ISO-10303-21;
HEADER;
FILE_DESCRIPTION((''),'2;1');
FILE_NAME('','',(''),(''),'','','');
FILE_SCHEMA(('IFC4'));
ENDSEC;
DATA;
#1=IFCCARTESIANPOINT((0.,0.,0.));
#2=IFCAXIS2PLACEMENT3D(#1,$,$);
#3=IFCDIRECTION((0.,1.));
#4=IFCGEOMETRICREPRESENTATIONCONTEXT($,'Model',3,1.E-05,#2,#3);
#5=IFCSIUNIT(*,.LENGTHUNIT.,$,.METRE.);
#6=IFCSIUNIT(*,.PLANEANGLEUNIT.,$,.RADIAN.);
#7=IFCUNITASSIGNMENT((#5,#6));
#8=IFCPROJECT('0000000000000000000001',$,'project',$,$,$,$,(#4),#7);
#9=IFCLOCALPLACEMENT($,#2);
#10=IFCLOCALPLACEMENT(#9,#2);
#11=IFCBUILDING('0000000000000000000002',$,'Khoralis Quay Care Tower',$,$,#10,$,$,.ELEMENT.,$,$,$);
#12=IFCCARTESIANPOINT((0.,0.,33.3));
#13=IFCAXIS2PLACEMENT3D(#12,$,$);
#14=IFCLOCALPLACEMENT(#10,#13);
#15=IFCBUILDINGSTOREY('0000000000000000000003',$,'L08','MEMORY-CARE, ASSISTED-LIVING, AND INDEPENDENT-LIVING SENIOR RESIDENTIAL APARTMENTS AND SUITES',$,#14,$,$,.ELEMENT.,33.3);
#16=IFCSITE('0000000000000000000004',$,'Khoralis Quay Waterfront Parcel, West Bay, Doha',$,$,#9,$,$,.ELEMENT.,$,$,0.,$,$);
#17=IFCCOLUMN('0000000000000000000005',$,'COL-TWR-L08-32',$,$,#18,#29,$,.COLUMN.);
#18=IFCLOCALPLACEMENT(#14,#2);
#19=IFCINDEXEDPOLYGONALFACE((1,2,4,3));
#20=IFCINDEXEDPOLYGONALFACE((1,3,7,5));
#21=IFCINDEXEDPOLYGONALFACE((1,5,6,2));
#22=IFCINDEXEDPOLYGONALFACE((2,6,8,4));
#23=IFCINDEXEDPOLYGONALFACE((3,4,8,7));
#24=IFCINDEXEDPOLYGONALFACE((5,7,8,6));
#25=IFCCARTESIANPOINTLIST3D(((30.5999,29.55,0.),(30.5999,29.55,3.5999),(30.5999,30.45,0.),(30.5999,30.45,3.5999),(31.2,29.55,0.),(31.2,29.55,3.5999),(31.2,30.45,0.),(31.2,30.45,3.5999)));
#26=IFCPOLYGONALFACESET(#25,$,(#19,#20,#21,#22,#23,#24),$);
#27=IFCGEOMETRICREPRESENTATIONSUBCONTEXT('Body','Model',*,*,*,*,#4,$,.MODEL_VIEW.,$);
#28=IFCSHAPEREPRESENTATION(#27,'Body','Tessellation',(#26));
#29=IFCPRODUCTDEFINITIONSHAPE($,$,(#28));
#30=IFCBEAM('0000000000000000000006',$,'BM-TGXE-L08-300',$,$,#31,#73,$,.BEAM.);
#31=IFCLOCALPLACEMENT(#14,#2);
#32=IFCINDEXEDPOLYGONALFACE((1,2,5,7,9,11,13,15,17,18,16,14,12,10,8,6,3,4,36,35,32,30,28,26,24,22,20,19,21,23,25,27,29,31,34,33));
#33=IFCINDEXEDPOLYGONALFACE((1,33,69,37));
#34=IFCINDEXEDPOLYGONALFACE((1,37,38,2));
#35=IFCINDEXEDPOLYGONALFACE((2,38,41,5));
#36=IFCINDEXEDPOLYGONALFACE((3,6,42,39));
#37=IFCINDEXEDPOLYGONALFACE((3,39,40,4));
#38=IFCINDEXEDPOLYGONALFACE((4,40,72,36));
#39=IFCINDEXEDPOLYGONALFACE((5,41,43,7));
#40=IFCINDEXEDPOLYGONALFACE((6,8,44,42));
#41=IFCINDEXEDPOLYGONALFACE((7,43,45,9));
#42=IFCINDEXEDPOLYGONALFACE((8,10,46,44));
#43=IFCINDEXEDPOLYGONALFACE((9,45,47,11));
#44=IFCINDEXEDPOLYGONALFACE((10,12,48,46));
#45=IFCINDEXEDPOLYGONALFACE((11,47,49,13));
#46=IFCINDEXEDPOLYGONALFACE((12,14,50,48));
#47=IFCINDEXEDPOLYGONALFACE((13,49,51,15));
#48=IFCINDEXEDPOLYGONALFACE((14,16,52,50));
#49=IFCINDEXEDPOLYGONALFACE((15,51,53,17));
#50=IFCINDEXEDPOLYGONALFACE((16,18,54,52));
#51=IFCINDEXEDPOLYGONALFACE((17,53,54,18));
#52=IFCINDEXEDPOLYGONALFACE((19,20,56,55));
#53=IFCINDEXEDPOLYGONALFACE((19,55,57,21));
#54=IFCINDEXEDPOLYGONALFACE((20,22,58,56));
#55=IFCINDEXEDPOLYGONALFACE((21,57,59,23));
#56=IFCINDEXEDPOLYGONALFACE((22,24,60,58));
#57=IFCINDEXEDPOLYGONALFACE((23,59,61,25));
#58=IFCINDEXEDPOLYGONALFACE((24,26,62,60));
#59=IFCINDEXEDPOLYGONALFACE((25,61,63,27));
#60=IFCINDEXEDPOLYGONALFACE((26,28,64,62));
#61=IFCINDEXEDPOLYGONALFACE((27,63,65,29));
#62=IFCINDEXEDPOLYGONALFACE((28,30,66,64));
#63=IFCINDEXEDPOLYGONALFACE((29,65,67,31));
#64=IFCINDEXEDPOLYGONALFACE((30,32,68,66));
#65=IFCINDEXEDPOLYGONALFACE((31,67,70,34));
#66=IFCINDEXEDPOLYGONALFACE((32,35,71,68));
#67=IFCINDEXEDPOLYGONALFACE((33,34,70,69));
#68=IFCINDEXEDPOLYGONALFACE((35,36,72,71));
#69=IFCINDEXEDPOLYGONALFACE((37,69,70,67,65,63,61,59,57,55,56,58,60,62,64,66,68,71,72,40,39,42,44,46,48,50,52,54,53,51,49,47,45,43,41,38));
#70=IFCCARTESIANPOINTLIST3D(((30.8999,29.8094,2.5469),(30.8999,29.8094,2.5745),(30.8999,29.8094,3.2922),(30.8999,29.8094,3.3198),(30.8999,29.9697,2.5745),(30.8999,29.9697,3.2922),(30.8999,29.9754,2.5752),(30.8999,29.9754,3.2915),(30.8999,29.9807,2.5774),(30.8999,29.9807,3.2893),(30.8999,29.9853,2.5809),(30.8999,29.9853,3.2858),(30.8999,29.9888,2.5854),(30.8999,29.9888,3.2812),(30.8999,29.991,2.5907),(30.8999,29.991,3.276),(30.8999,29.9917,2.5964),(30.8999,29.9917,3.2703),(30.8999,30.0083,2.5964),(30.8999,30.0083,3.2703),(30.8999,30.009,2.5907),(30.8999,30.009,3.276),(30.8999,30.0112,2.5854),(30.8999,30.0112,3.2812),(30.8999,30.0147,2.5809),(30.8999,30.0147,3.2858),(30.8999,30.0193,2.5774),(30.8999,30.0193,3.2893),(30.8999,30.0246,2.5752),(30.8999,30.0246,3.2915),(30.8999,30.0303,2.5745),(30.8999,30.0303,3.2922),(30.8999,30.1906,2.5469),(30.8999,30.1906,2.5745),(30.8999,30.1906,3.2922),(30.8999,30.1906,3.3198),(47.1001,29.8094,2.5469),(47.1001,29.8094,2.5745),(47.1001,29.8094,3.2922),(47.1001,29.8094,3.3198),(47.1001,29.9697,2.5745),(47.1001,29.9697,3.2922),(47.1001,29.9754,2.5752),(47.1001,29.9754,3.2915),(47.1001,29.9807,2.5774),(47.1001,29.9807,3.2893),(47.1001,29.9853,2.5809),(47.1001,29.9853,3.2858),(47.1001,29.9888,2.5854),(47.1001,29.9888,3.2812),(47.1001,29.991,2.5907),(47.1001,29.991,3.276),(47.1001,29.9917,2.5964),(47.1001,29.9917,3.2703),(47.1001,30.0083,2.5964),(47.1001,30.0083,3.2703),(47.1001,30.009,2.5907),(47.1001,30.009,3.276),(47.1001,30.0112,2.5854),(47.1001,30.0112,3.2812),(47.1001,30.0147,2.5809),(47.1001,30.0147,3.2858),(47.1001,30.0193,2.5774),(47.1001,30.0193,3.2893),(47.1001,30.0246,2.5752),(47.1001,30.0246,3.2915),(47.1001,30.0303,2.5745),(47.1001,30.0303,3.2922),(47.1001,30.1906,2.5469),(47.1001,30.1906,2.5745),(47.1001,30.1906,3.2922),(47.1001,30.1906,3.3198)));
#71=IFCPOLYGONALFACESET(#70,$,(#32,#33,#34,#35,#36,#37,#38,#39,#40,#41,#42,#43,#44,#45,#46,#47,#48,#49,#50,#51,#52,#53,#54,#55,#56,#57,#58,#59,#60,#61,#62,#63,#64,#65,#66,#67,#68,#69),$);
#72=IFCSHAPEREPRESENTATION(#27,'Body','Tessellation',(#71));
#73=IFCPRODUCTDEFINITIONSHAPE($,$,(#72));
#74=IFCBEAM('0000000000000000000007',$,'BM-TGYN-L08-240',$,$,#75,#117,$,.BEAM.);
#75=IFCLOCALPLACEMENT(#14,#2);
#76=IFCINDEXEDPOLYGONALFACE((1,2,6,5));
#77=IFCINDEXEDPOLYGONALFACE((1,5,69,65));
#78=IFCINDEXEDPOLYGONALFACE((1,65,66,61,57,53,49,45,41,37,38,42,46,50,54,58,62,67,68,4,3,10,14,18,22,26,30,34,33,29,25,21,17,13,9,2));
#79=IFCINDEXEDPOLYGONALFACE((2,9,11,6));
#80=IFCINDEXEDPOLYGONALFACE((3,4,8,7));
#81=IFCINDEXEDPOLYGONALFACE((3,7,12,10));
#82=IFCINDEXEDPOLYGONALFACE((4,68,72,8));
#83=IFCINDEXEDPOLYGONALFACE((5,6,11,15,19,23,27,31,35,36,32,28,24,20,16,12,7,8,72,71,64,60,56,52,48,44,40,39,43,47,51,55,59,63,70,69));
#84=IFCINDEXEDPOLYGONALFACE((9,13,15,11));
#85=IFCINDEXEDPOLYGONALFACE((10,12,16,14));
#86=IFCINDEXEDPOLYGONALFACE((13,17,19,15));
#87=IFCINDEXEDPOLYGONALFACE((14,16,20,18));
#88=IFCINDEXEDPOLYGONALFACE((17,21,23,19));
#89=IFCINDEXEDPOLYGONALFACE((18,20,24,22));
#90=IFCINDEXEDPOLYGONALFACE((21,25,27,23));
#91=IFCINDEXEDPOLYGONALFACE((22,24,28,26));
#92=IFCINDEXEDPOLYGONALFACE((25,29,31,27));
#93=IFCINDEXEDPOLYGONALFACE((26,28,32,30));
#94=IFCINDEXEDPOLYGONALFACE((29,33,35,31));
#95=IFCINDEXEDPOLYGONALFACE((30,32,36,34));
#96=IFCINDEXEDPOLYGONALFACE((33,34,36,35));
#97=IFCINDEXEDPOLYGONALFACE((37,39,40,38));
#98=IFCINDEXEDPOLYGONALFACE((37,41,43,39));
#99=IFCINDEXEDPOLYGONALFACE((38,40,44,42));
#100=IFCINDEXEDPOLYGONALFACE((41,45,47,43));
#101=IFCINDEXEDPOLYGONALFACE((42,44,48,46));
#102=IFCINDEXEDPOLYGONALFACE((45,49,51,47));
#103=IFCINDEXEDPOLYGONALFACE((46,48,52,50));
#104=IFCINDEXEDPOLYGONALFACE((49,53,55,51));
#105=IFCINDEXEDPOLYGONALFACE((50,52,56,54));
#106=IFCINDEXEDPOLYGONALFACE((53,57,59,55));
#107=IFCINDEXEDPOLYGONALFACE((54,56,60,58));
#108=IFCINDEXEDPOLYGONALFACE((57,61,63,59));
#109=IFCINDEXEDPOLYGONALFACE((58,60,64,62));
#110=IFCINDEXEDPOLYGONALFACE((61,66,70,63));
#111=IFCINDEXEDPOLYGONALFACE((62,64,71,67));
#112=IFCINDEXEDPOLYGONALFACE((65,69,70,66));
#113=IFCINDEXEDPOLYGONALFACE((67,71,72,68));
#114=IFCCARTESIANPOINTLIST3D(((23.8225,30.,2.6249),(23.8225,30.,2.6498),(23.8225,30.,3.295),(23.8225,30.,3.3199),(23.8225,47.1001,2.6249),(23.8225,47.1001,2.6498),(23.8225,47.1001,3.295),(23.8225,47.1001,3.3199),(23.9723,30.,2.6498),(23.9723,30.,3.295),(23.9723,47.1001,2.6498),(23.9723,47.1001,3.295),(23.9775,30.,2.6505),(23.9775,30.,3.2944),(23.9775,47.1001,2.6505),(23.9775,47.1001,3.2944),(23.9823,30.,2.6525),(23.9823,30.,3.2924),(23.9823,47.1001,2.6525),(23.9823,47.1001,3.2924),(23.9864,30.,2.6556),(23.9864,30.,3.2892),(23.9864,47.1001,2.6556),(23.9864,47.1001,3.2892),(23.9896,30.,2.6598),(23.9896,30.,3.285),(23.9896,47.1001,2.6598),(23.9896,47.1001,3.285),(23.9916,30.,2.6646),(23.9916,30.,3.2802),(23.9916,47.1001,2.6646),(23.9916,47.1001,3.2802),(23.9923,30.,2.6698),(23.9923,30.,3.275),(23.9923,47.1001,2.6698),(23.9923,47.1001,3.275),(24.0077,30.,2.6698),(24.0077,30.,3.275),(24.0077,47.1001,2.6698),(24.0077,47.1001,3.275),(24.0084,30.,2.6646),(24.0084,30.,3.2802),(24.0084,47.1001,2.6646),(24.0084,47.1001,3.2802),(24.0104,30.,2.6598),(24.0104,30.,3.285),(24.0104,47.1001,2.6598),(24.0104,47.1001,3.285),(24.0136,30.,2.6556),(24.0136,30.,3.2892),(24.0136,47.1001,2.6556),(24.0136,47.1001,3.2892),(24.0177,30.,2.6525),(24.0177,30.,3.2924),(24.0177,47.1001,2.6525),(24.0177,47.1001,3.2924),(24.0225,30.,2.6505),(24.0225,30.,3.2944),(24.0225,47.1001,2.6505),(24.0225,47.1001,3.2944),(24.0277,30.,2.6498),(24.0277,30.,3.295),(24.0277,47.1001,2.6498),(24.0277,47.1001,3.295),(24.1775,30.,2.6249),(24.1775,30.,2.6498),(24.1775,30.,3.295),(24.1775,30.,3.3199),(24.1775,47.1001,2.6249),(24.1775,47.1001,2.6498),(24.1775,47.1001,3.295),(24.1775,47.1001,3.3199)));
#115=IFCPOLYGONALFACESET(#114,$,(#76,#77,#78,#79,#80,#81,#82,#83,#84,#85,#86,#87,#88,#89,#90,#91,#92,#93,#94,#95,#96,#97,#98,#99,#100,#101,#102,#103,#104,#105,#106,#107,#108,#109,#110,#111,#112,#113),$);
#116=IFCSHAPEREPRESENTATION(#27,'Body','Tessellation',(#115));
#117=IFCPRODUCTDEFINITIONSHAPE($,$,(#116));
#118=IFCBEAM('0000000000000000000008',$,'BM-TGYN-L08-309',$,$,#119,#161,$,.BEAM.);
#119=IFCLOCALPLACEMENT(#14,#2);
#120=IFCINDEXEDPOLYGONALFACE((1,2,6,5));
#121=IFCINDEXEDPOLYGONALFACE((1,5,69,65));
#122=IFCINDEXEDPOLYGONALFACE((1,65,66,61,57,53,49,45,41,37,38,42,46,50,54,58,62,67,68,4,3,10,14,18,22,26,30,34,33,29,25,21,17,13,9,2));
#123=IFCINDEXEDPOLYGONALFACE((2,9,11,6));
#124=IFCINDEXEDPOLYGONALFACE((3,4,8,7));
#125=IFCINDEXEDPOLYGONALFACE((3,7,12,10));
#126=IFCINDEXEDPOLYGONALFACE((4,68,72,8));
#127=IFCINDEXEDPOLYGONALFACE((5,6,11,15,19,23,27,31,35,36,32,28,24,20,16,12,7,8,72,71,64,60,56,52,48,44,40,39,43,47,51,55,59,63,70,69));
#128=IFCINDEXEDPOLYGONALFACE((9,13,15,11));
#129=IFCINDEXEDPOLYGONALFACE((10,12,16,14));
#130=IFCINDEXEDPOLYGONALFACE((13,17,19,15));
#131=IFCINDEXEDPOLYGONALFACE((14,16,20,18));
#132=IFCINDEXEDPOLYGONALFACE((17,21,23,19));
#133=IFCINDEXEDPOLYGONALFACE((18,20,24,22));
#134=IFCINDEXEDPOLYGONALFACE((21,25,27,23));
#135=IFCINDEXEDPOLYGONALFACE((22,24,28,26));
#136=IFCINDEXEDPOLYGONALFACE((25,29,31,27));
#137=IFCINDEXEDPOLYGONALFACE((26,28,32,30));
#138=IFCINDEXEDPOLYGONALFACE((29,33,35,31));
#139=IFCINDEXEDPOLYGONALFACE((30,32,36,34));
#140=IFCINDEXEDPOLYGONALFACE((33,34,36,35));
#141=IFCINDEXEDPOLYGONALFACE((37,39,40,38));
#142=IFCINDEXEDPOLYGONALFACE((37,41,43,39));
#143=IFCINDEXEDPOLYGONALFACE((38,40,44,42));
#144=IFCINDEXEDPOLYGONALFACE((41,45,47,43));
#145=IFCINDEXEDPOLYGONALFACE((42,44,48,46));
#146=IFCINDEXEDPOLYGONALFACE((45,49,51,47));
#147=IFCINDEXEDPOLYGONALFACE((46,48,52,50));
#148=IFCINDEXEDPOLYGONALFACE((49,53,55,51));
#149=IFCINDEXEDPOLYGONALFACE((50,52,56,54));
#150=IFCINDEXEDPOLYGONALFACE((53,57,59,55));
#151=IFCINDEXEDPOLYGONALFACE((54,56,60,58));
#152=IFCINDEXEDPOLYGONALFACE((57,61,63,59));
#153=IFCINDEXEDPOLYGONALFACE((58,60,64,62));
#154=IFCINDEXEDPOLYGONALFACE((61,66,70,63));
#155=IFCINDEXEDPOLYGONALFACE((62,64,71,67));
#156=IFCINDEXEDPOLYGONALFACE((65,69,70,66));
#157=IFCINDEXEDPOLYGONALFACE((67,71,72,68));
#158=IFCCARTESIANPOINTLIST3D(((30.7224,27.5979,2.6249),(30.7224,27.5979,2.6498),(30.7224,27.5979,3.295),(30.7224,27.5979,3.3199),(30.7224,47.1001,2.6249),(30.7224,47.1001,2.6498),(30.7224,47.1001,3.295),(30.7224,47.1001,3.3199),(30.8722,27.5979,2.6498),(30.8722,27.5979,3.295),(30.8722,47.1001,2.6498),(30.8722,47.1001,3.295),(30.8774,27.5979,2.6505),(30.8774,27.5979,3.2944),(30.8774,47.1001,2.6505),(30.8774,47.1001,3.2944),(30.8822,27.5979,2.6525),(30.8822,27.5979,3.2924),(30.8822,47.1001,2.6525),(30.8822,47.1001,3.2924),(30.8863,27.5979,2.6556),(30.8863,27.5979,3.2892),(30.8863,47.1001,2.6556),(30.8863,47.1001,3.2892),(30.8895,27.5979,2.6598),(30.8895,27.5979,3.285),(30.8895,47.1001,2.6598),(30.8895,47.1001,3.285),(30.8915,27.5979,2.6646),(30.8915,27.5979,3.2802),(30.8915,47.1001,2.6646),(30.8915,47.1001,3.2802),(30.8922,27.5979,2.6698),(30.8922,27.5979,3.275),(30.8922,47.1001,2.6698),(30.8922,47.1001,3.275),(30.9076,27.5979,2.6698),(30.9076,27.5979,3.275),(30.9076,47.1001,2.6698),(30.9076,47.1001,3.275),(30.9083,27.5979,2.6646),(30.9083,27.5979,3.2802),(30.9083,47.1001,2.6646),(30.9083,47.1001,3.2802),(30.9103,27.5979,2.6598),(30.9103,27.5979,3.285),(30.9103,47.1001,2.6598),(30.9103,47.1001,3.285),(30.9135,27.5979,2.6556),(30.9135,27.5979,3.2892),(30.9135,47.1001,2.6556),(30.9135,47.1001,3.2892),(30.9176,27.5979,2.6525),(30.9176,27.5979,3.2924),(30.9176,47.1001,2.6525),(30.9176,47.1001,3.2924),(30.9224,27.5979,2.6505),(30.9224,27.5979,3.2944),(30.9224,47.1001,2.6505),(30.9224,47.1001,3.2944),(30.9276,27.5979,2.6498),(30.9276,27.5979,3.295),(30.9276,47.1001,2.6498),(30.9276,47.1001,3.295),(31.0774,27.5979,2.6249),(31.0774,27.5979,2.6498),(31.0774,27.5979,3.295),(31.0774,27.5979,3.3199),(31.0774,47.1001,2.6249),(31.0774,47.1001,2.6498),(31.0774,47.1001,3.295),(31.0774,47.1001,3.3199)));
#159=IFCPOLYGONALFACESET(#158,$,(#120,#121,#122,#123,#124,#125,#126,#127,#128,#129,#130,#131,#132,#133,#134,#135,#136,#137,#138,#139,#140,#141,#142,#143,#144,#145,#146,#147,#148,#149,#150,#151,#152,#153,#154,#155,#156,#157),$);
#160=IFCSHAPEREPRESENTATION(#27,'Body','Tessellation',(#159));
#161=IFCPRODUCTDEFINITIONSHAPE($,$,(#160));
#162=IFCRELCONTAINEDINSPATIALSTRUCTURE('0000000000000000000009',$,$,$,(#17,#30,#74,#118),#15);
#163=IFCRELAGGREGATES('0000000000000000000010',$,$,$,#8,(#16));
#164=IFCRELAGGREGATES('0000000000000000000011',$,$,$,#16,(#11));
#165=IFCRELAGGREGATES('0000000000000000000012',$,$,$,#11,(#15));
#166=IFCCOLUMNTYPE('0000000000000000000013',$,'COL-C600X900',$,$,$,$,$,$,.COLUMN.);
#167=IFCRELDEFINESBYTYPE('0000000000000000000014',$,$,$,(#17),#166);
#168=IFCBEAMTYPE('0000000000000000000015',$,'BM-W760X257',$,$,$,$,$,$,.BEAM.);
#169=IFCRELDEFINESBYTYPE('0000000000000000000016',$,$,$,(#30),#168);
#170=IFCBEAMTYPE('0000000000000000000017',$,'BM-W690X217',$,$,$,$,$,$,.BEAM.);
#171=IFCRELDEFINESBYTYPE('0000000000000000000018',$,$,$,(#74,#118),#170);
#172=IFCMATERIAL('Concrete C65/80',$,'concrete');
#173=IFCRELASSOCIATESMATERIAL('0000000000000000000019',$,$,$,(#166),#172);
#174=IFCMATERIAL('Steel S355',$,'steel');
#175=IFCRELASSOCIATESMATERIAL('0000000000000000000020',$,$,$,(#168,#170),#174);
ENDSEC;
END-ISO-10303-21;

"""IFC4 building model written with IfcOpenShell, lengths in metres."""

from ifc_helpers import new_model, si_unit, direction, frame, origin, origin_2d, place, context, subcontext, project, spatial, rectangle, i_section, extrude, source, transform, mapped, material, material_profile, profile_set, type_object, element, save


model = new_model("IFC4")

# Units and contexts
model_context = context("Model", 3, precision=1e-05, world=origin(), true_north=direction((0.0, 1.0)))
body_context = subcontext(model_context, "Body", "Model", "MODEL_VIEW")
ifc_project = project(units=[si_unit("LENGTHUNIT", "METRE"), si_unit("PLANEANGLEUNIT", "RADIAN")], contexts=[model_context])

# Site, building, storey
site_placement = place(None, origin())
site = spatial("IfcSite", under=ifc_project, at=site_placement, Name="Khoralis Quay Waterfront Parcel, West Bay, Doha", CompositionType="ELEMENT", RefElevation=0.0)
building_placement = place(site_placement, origin())
building = spatial("IfcBuilding", under=site, at=building_placement, Name="Khoralis Quay Care Tower", CompositionType="ELEMENT")
storey_placement = place(building_placement, frame((0.0, 0.0, 33.3)))
storey = spatial("IfcBuildingStorey", under=building, at=storey_placement, Name="L08", Description="MEMORY-CARE, ASSISTED-LIVING, AND INDEPENDENT-LIVING SENIOR RESIDENTIAL APARTMENTS AND SUITES", CompositionType="ELEMENT", Elevation=33.3)

# Column
ifc_material_1 = material(Name="Concrete C65/80", Category="concrete")
ifc_material_profile_1 = material_profile(ifc_material_1, rectangle(XDim=0.6001, YDim=0.8999, at=origin_2d()), Name="Concrete C65/80")
ifc_profile_set_1 = profile_set([ifc_material_profile_1], Name="Concrete C65/80")
column_type = type_object("IfcColumnType", Name="COL-C600X900", PredefinedType="COLUMN", material=ifc_profile_set_1)
shared_shape_1 = source(origin(), body_context, "Body", "SweptSolid", [
    extrude(rectangle(XDim=0.6001, YDim=0.8999, at=origin_2d()), origin(), (0.0, 0.0, 1.0), 3.5999),
])
column_placement = place(storey_placement, frame((30.8999, 30.0, 0.0), z_axis=(0.0, 0.0, 1.0), x_axis=(1.0, 0.0, 0.0)))
element("IfcColumn", 1, at=column_placement, inside=storey, type_object=column_type, Name="COL-TWR-L08-32", PredefinedType="COLUMN", context=body_context, shape_type="MappedRepresentation", body=[
    mapped(shared_shape_1, transform((0.0, 0.0, 0.0), scale=1.0)),
])

# Beams
ifc_material_2 = material(Name="Steel S355", Category="steel")
ifc_material_profile_2 = material_profile(ifc_material_2, i_section(OverallWidth=0.3811, OverallDepth=0.7729, WebThickness=0.0166, FlangeThickness=0.0276, FilletRadius=0.022, at=origin_2d()), Name="Steel S355")
ifc_profile_set_2 = profile_set([ifc_material_profile_2], Name="Steel S355")
beam_type_1 = type_object("IfcBeamType", Name="BM-W760X257", PredefinedType="BEAM", material=ifc_profile_set_2)
shared_shape_2 = source(origin(), body_context, "Body", "SweptSolid", [
    extrude(i_section(OverallWidth=0.3811, OverallDepth=0.7729, WebThickness=0.0166, FlangeThickness=0.0276, FilletRadius=0.022, at=origin_2d()), origin(), (0.0, 0.0, 1.0), 16.2002),
])
beam_1_placement = place(storey_placement, frame((30.8999, 30.0, 2.9333), z_axis=(1.0, 0.0, 0.0), x_axis=(0.0, 1.0, 0.0)))
element("IfcBeam", 2, at=beam_1_placement, inside=storey, type_object=beam_type_1, Name="BM-TGXE-L08-300", PredefinedType="BEAM", context=body_context, shape_type="MappedRepresentation", body=[
    mapped(shared_shape_2, transform((0.0, 0.0, 0.0), scale=1.0)),
])
ifc_material_profile_3 = material_profile(ifc_material_2, i_section(OverallWidth=0.355, OverallDepth=0.6951, WebThickness=0.0154, FlangeThickness=0.0249, FilletRadius=0.02, at=origin_2d()), Name="Steel S355")
ifc_profile_set_3 = profile_set([ifc_material_profile_3], Name="Steel S355")
beam_type_2 = type_object("IfcBeamType", Name="BM-W690X217", PredefinedType="BEAM", material=ifc_profile_set_3)
shared_shape_3 = source(origin(), body_context, "Body", "SweptSolid", [
    extrude(i_section(OverallWidth=0.355, OverallDepth=0.6951, WebThickness=0.0154, FlangeThickness=0.0249, FilletRadius=0.02, at=origin_2d()), origin(), (0.0, 0.0, 1.0), 17.1001),
])
beam_2_placement = place(storey_placement, frame((24.0, 30.0, 2.9724), z_axis=(0.0, 1.0, 0.0), x_axis=(-1.0, 0.0, 0.0)))
element("IfcBeam", 3, at=beam_2_placement, inside=storey, type_object=beam_type_2, Name="BM-TGYN-L08-240", PredefinedType="BEAM", context=body_context, shape_type="MappedRepresentation", body=[
    mapped(shared_shape_3, transform((0.0, 0.0, 0.0), scale=1.0)),
])
shared_shape_4 = source(origin(), body_context, "Body", "SweptSolid", [
    extrude(i_section(OverallWidth=0.355, OverallDepth=0.6951, WebThickness=0.0154, FlangeThickness=0.0249, FilletRadius=0.02, at=origin_2d()), origin(), (0.0, 0.0, 1.0), 19.5022),
])
beam_3_placement = place(storey_placement, frame((30.8999, 27.5979, 2.9724), z_axis=(0.0, 1.0, 0.0), x_axis=(-1.0, 0.0, 0.0)))
element("IfcBeam", 4, at=beam_3_placement, inside=storey, type_object=beam_type_2, Name="BM-TGYN-L08-309", PredefinedType="BEAM", context=body_context, shape_type="MappedRepresentation", body=[
    mapped(shared_shape_4, transform((0.0, 0.0, 0.0), scale=1.0)),
])

save(model, "model.ifc")
